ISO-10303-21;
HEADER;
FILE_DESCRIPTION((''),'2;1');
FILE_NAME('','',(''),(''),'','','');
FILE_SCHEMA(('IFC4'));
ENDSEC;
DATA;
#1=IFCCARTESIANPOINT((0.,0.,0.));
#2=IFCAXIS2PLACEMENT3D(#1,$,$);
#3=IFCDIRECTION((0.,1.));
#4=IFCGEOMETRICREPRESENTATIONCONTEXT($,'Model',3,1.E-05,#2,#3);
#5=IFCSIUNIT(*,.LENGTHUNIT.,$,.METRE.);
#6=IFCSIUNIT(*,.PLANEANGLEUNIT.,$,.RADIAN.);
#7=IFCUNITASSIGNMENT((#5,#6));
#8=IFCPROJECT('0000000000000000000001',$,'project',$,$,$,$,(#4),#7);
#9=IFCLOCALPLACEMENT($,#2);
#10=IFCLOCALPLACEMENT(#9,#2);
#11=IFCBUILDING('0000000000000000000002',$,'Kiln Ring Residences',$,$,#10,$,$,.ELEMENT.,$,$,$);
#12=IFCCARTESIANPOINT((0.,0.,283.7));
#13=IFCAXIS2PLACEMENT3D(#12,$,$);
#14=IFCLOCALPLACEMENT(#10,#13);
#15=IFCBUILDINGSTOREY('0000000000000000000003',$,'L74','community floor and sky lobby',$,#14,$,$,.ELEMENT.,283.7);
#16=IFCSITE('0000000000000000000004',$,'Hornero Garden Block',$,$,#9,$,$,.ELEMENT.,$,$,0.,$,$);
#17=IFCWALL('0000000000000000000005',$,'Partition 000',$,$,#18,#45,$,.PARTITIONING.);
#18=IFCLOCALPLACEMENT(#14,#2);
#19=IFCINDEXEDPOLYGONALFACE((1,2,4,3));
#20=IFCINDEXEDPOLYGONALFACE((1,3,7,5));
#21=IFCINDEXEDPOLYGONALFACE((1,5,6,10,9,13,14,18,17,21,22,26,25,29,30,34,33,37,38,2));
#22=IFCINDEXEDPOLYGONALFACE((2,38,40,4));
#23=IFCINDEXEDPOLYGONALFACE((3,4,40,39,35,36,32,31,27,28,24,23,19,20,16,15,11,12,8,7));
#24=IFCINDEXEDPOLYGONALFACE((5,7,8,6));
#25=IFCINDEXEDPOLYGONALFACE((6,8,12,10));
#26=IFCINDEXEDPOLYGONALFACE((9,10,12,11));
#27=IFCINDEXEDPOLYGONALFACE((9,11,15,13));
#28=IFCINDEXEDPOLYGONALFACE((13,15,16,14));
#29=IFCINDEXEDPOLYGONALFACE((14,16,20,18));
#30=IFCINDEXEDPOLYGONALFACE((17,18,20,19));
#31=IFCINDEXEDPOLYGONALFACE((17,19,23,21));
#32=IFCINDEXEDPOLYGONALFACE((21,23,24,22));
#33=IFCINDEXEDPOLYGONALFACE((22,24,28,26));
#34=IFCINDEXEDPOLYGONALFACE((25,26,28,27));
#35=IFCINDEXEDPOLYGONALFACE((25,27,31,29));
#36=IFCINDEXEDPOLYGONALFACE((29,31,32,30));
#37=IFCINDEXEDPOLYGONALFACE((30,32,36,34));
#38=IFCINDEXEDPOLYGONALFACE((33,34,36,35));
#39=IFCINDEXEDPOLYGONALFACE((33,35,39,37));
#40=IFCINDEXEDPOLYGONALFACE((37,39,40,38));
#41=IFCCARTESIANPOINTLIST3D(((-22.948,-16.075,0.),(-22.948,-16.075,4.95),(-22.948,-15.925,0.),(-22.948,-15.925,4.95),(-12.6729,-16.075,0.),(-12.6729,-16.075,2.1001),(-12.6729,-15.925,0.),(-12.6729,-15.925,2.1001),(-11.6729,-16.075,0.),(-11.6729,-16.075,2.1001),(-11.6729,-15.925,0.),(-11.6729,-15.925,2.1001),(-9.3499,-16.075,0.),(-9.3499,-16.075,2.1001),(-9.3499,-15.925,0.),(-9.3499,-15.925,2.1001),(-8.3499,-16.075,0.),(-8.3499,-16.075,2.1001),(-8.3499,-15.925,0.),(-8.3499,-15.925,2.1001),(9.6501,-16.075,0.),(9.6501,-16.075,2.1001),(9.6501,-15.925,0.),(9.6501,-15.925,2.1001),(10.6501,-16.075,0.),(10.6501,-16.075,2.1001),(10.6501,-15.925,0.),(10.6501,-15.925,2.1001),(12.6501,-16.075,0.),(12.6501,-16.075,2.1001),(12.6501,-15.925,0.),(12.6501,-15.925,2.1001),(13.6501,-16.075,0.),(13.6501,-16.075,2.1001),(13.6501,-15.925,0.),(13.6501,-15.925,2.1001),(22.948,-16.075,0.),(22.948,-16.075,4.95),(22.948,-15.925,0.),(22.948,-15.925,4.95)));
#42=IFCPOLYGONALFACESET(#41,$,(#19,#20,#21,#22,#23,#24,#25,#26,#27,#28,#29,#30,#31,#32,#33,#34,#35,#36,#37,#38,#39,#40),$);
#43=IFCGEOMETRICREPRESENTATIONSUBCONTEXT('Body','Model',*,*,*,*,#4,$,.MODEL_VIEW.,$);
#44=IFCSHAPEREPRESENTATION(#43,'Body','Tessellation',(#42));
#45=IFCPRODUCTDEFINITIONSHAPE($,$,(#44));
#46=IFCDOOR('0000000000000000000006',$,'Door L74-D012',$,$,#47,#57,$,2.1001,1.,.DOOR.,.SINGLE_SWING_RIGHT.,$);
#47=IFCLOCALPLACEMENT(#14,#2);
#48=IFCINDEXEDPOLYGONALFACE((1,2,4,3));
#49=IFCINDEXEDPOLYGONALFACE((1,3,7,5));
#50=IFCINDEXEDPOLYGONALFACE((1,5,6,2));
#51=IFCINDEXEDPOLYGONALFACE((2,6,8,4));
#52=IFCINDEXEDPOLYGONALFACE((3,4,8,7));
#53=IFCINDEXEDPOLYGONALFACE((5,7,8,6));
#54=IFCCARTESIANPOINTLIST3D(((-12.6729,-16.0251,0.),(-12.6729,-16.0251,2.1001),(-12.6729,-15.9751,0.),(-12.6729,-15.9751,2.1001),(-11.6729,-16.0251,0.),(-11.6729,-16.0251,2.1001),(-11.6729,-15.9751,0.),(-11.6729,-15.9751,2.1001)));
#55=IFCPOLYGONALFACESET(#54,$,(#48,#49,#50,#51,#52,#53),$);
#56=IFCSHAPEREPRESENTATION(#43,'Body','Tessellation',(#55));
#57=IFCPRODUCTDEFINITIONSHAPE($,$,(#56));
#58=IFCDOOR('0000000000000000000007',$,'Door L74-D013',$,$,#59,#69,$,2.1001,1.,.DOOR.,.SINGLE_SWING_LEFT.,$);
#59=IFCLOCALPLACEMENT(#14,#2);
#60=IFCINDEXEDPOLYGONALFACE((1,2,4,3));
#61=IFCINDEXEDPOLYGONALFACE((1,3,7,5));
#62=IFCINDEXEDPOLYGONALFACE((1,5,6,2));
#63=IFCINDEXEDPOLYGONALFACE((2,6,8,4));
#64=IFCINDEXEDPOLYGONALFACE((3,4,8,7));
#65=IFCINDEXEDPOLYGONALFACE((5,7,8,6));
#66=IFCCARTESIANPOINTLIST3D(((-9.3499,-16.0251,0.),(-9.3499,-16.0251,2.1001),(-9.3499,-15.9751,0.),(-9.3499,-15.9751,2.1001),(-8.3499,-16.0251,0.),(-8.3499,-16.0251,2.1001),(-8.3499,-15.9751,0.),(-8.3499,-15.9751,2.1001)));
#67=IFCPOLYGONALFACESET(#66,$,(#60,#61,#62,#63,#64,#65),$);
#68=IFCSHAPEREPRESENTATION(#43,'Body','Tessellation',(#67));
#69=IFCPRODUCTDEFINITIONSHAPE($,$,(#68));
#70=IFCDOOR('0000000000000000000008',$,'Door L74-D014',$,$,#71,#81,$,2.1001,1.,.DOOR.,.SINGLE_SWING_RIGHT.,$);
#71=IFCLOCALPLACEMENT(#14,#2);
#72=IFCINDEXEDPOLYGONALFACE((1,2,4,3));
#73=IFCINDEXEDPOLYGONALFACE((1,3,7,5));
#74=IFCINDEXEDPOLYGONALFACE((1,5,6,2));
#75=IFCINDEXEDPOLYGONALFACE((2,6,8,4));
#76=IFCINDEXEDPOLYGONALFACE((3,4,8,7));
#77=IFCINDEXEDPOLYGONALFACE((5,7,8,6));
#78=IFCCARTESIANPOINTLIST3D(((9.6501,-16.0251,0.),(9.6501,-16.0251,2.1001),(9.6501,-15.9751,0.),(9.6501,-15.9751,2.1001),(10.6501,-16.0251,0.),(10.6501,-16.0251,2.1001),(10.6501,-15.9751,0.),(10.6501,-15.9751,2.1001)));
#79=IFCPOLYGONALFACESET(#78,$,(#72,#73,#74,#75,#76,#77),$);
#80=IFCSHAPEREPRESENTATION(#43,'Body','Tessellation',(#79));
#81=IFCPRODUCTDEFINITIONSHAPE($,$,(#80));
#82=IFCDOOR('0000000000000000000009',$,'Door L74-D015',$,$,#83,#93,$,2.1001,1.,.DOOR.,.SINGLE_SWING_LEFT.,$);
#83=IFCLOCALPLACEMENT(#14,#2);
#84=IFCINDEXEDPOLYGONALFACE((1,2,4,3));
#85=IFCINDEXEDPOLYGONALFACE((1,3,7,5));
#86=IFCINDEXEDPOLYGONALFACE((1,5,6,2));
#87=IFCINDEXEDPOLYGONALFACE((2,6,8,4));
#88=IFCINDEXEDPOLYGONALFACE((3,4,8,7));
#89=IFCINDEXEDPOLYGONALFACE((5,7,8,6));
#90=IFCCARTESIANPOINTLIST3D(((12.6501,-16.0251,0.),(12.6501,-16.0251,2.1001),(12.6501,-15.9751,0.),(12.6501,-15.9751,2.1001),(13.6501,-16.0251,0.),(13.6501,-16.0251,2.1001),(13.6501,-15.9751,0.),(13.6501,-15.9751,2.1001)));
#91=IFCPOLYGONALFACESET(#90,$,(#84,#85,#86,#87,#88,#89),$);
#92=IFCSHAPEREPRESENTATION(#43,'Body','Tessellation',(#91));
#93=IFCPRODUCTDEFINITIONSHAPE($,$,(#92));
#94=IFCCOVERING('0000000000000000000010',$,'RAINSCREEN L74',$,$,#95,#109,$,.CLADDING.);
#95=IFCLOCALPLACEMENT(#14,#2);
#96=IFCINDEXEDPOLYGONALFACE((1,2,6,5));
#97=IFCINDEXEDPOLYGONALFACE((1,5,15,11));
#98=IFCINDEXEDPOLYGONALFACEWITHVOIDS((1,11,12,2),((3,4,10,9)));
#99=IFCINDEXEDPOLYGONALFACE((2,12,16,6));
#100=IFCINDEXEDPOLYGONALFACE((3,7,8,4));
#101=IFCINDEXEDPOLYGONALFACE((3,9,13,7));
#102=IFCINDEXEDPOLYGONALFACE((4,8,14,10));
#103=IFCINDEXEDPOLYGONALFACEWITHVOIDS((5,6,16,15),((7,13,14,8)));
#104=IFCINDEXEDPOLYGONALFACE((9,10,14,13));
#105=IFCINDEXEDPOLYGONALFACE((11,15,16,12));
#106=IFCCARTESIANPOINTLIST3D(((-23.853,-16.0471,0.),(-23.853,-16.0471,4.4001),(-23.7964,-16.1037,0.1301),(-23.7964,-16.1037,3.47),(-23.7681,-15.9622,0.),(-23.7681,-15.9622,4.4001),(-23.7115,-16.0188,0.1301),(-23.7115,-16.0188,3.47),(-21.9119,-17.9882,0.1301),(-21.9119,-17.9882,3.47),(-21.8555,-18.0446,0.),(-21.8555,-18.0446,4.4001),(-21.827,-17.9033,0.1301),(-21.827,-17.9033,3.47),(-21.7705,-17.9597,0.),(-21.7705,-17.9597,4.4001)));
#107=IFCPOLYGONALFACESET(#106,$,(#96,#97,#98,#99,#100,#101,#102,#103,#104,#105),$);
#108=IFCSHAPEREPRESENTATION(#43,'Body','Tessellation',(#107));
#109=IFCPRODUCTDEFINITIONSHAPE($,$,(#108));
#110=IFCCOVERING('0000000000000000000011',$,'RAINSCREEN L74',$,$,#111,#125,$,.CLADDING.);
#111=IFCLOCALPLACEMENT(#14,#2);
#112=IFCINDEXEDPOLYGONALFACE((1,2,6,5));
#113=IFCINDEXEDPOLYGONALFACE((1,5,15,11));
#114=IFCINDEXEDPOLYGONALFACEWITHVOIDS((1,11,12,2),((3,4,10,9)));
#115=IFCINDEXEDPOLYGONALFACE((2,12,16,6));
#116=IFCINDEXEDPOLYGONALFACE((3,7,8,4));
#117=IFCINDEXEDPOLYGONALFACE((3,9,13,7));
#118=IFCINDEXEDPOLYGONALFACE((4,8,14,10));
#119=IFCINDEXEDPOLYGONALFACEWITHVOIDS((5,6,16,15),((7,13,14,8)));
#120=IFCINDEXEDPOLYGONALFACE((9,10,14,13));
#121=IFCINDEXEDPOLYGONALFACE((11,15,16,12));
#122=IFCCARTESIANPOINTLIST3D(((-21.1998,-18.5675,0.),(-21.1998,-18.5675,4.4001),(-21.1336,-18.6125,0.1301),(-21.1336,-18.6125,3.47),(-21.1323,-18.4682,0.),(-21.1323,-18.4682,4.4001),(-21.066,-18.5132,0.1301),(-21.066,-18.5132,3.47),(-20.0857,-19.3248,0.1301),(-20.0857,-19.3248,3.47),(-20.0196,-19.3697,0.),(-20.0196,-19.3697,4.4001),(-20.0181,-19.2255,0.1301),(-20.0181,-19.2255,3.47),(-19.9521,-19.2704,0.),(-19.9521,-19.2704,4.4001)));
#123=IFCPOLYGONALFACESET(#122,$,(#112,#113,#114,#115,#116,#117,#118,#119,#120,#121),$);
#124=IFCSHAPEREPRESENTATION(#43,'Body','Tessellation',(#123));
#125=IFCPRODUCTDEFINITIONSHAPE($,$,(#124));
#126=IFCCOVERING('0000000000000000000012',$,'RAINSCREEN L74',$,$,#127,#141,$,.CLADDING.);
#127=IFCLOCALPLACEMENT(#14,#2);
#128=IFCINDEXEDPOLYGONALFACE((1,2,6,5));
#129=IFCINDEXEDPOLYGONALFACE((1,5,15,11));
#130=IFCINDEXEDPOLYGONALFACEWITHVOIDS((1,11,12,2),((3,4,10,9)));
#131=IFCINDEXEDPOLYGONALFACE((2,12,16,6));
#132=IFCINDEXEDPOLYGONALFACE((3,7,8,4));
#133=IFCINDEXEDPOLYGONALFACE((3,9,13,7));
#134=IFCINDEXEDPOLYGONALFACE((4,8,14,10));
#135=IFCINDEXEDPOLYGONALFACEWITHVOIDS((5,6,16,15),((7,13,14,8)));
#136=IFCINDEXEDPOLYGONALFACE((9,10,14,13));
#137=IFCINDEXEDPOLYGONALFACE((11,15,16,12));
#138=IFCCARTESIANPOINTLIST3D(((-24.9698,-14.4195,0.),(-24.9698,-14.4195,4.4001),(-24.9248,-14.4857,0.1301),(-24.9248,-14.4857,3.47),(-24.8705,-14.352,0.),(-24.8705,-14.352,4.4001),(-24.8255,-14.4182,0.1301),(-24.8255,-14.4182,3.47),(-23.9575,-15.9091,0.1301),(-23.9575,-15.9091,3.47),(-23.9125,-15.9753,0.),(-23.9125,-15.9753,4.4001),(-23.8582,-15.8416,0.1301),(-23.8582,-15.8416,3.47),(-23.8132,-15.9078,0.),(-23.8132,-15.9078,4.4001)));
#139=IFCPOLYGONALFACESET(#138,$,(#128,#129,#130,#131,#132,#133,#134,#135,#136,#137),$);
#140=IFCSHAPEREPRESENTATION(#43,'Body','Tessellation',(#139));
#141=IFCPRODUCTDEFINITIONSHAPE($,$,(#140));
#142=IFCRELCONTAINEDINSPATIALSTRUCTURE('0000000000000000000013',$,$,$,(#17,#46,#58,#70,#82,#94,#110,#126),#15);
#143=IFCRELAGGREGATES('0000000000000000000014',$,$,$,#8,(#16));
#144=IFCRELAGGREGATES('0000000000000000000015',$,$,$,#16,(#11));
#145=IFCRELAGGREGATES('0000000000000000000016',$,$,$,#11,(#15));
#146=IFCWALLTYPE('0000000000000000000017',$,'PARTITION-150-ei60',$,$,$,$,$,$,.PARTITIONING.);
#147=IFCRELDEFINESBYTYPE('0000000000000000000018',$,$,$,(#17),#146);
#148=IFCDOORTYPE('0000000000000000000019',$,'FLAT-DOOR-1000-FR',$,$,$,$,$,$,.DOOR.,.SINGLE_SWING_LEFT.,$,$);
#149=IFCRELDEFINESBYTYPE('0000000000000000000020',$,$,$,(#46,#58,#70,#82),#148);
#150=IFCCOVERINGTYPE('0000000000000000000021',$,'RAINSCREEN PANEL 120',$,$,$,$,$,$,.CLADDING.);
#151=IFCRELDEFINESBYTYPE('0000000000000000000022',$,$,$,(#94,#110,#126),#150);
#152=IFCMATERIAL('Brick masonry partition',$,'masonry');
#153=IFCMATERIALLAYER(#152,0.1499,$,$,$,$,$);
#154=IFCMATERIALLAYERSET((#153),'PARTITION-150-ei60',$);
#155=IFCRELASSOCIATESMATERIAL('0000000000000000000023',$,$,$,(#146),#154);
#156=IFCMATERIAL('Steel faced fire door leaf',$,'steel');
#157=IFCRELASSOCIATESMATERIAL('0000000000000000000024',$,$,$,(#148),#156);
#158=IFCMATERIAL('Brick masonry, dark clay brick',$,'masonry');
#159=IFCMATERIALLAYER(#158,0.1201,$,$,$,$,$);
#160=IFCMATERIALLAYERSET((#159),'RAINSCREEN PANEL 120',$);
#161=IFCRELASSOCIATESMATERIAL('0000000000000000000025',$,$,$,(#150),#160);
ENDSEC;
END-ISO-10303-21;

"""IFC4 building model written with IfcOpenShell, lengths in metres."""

from ifc_helpers import new_model, si_unit, direction, frame, frame_2d, origin, place, context, subcontext, project, spatial, polyline, rectangle, outline, extrude, material, layer, layer_set, type_object, element, fill, save


model = new_model("IFC4")

# Units and contexts
model_context = context("Model", 3, precision=1e-05, world=origin(), true_north=direction((0.0, 1.0)))
body_context = subcontext(model_context, "Body", "Model", "MODEL_VIEW")
ifc_project = project(units=[si_unit("LENGTHUNIT", "METRE"), si_unit("PLANEANGLEUNIT", "RADIAN")], contexts=[model_context])

# Site, building, storey
site_placement = place(None, origin())
site = spatial("IfcSite", under=ifc_project, at=site_placement, Name="Hornero Garden Block", CompositionType="ELEMENT", RefElevation=0.0)
building_placement = place(site_placement, origin())
building = spatial("IfcBuilding", under=site, at=building_placement, Name="Kiln Ring Residences", CompositionType="ELEMENT")
storey_placement = place(building_placement, frame((0.0, 0.0, 283.7)))
storey = spatial("IfcBuildingStorey", under=building, at=storey_placement, Name="L74", Description="community floor and sky lobby", CompositionType="ELEMENT", Elevation=283.7)

# Wall, openings, doors
ifc_material_1 = material(Name="Brick masonry partition", Category="masonry")
ifc_layer_1 = layer(ifc_material_1, 0.1499)
ifc_layer_set_1 = layer_set([ifc_layer_1], Name="PARTITION-150-ei60")
wall_type_1 = type_object("IfcWallType", Name="PARTITION-150-ei60", PredefinedType="PARTITIONING", material=ifc_layer_set_1)
wall_1_placement = place(storey_placement, frame((-22.948, -16.0, 0.0), z_axis=(0.0, 0.0, 1.0), x_axis=(1.0, 0.0, 0.0)))
wall_1 = element("IfcWall", 1, at=wall_1_placement, inside=storey, type_object=wall_type_1, Name="Partition 000", PredefinedType="PARTITIONING", context=body_context, shape_type="SweptSolid", body=[
    extrude(rectangle(XDim=45.896, YDim=0.1499, at=frame_2d((22.948, 0.0))), origin(), (0.0, 0.0, 1.0), 4.95),
])
opening_1_placement = place(wall_1_placement, frame((10.2751, 0.0, 0.0)))
opening_1 = element("IfcOpeningElement", 2, at=opening_1_placement, cuts=wall_1, PredefinedType="OPENING", context=body_context, shape_type="SweptSolid", body=[
    extrude(rectangle(XDim=1.0, YDim=2.1001, at=frame_2d((0.5, 1.05))), frame((0.0, 0.085, 0.0), z_axis=(0.0, -1.0, 0.0), x_axis=(1.0, 0.0, 0.0)), (0.0, 0.0, 1.0), 0.1699),
])
opening_2_placement = place(wall_1_placement, frame((13.5981, 0.0, 0.0)))
opening_2 = element("IfcOpeningElement", 3, at=opening_2_placement, cuts=wall_1, PredefinedType="OPENING", context=body_context, shape_type="SweptSolid", body=[
    extrude(rectangle(XDim=1.0, YDim=2.1001, at=frame_2d((0.5, 1.05))), frame((0.0, 0.085, 0.0), z_axis=(0.0, -1.0, 0.0), x_axis=(1.0, 0.0, 0.0)), (0.0, 0.0, 1.0), 0.1699),
])
opening_3_placement = place(wall_1_placement, frame((32.5981, 0.0, 0.0)))
opening_3 = element("IfcOpeningElement", 4, at=opening_3_placement, cuts=wall_1, PredefinedType="OPENING", context=body_context, shape_type="SweptSolid", body=[
    extrude(rectangle(XDim=1.0, YDim=2.1001, at=frame_2d((0.5, 1.05))), frame((0.0, 0.085, 0.0), z_axis=(0.0, -1.0, 0.0), x_axis=(1.0, 0.0, 0.0)), (0.0, 0.0, 1.0), 0.1699),
])
opening_4_placement = place(wall_1_placement, frame((35.5981, 0.0, 0.0)))
opening_4 = element("IfcOpeningElement", 5, at=opening_4_placement, cuts=wall_1, PredefinedType="OPENING", context=body_context, shape_type="SweptSolid", body=[
    extrude(rectangle(XDim=1.0, YDim=2.1001, at=frame_2d((0.5, 1.05))), frame((0.0, 0.085, 0.0), z_axis=(0.0, -1.0, 0.0), x_axis=(1.0, 0.0, 0.0)), (0.0, 0.0, 1.0), 0.1699),
])
ifc_material_2 = material(Name="Steel faced fire door leaf", Category="steel")
door_type = type_object("IfcDoorType", Name="FLAT-DOOR-1000-FR", OperationType="SINGLE_SWING_LEFT", PredefinedType="DOOR", material=ifc_material_2)
door_1_placement = place(opening_1_placement, origin())
door_1 = element("IfcDoor", 6, at=door_1_placement, inside=storey, type_object=door_type, Name="Door L74-D012", OperationType="SINGLE_SWING_RIGHT", OverallHeight=2.1001, OverallWidth=1.0, PredefinedType="DOOR", context=body_context, shape_type="SweptSolid", body=[
    extrude(rectangle(XDim=1.0, YDim=2.1001, at=frame_2d((0.5, 1.05))), frame((0.0, 0.0249, 0.0), z_axis=(0.0, -1.0, 0.0), x_axis=(1.0, 0.0, 0.0)), (0.0, 0.0, 1.0), 0.05),
])
fill(opening_1, door_1)
door_2_placement = place(opening_2_placement, origin())
door_2 = element("IfcDoor", 7, at=door_2_placement, inside=storey, type_object=door_type, Name="Door L74-D013", OperationType="SINGLE_SWING_LEFT", OverallHeight=2.1001, OverallWidth=1.0, PredefinedType="DOOR", context=body_context, shape_type="SweptSolid", body=[
    extrude(rectangle(XDim=1.0, YDim=2.1001, at=frame_2d((0.5, 1.05))), frame((0.0, 0.0249, 0.0), z_axis=(0.0, -1.0, 0.0), x_axis=(1.0, 0.0, 0.0)), (0.0, 0.0, 1.0), 0.05),
])
fill(opening_2, door_2)
door_3_placement = place(opening_3_placement, origin())
door_3 = element("IfcDoor", 8, at=door_3_placement, inside=storey, type_object=door_type, Name="Door L74-D014", OperationType="SINGLE_SWING_RIGHT", OverallHeight=2.1001, OverallWidth=1.0, PredefinedType="DOOR", context=body_context, shape_type="SweptSolid", body=[
    extrude(rectangle(XDim=1.0, YDim=2.1001, at=frame_2d((0.5, 1.05))), frame((0.0, 0.0249, 0.0), z_axis=(0.0, -1.0, 0.0), x_axis=(1.0, 0.0, 0.0)), (0.0, 0.0, 1.0), 0.05),
])
fill(opening_3, door_3)
door_4_placement = place(opening_4_placement, origin())
door_4 = element("IfcDoor", 9, at=door_4_placement, inside=storey, type_object=door_type, Name="Door L74-D015", OperationType="SINGLE_SWING_LEFT", OverallHeight=2.1001, OverallWidth=1.0, PredefinedType="DOOR", context=body_context, shape_type="SweptSolid", body=[
    extrude(rectangle(XDim=1.0, YDim=2.1001, at=frame_2d((0.5, 1.05))), frame((0.0, 0.0249, 0.0), z_axis=(0.0, -1.0, 0.0), x_axis=(1.0, 0.0, 0.0)), (0.0, 0.0, 1.0), 0.05),
])
fill(opening_4, door_4)

# Coverings
ifc_material_3 = material(Name="Brick masonry, dark clay brick", Category="masonry")
ifc_layer_2 = layer(ifc_material_3, 0.1201)
ifc_layer_set_2 = layer_set([ifc_layer_2], Name="RAINSCREEN PANEL 120")
covering_type = type_object("IfcCoveringType", Name="RAINSCREEN PANEL 120", PredefinedType="CLADDING", material=ifc_layer_set_2)
covering_1_placement = place(storey_placement, frame((-23.8105, -16.0046, 0.0), z_axis=(0.0, 0.0, 1.0), x_axis=(0.707107, -0.707107, 0.0)))
element("IfcCovering", 10, at=covering_1_placement, inside=storey, type_object=covering_type, Name="RAINSCREEN L74", PredefinedType="CLADDING", context=body_context, shape_type="SweptSolid", body=[
    extrude(outline(polyline([(0.0, 0.0), (2.825, 0.0), (2.825, 4.4001), (0.0, 4.4001), (0.0, 0.0)]), holes=[polyline([(0.0801, 3.47), (0.0801, 0.1301), (2.7451, 0.1301), (2.7451, 3.47), (0.0801, 3.47)])]), frame((0.0, 0.0601, 0.0), z_axis=(0.0, -1.0, 0.0), x_axis=(1.0, 0.0, 0.0)), (0.0, 0.0, 1.0), 0.1201),
])
covering_2_placement = place(storey_placement, frame((-21.166, -18.5178, 0.0), z_axis=(0.0, 0.0, 1.0), x_axis=(0.827016, -0.562179, 0.0)))
element("IfcCovering", 11, at=covering_2_placement, inside=storey, type_object=covering_type, Name="RAINSCREEN L74", PredefinedType="CLADDING", context=body_context, shape_type="SweptSolid", body=[
    extrude(outline(polyline([(0.0, 0.0), (1.427, 0.0), (1.427, 4.4001), (0.0, 4.4001), (0.0, 0.0)]), holes=[polyline([(0.0801, 3.47), (0.0801, 0.1301), (1.3472, 0.1301), (1.3472, 3.47), (0.0801, 3.47)])]), frame((0.0, 0.0601, 0.0), z_axis=(0.0, -1.0, 0.0), x_axis=(1.0, 0.0, 0.0)), (0.0, 0.0, 1.0), 0.1201),
])
covering_3_placement = place(storey_placement, frame((-24.9202, -14.3857, 0.0), z_axis=(0.0, 0.0, 1.0), x_axis=(0.562076, -0.827086, 0.0)))
element("IfcCovering", 12, at=covering_3_placement, inside=storey, type_object=covering_type, Name="RAINSCREEN L74", PredefinedType="CLADDING", context=body_context, shape_type="SweptSolid", body=[
    extrude(outline(polyline([(0.0, 0.0), (1.8811, 0.0), (1.8811, 4.4001), (0.0, 4.4001), (0.0, 0.0)]), holes=[polyline([(0.0801, 3.47), (0.0801, 0.1301), (1.801, 0.1301), (1.801, 3.47), (0.0801, 3.47)])]), frame((0.0, 0.0601, 0.0), z_axis=(0.0, -1.0, 0.0), x_axis=(1.0, 0.0, 0.0)), (0.0, 0.0, 1.0), 0.1201),
])

save(model, "model.ifc")
